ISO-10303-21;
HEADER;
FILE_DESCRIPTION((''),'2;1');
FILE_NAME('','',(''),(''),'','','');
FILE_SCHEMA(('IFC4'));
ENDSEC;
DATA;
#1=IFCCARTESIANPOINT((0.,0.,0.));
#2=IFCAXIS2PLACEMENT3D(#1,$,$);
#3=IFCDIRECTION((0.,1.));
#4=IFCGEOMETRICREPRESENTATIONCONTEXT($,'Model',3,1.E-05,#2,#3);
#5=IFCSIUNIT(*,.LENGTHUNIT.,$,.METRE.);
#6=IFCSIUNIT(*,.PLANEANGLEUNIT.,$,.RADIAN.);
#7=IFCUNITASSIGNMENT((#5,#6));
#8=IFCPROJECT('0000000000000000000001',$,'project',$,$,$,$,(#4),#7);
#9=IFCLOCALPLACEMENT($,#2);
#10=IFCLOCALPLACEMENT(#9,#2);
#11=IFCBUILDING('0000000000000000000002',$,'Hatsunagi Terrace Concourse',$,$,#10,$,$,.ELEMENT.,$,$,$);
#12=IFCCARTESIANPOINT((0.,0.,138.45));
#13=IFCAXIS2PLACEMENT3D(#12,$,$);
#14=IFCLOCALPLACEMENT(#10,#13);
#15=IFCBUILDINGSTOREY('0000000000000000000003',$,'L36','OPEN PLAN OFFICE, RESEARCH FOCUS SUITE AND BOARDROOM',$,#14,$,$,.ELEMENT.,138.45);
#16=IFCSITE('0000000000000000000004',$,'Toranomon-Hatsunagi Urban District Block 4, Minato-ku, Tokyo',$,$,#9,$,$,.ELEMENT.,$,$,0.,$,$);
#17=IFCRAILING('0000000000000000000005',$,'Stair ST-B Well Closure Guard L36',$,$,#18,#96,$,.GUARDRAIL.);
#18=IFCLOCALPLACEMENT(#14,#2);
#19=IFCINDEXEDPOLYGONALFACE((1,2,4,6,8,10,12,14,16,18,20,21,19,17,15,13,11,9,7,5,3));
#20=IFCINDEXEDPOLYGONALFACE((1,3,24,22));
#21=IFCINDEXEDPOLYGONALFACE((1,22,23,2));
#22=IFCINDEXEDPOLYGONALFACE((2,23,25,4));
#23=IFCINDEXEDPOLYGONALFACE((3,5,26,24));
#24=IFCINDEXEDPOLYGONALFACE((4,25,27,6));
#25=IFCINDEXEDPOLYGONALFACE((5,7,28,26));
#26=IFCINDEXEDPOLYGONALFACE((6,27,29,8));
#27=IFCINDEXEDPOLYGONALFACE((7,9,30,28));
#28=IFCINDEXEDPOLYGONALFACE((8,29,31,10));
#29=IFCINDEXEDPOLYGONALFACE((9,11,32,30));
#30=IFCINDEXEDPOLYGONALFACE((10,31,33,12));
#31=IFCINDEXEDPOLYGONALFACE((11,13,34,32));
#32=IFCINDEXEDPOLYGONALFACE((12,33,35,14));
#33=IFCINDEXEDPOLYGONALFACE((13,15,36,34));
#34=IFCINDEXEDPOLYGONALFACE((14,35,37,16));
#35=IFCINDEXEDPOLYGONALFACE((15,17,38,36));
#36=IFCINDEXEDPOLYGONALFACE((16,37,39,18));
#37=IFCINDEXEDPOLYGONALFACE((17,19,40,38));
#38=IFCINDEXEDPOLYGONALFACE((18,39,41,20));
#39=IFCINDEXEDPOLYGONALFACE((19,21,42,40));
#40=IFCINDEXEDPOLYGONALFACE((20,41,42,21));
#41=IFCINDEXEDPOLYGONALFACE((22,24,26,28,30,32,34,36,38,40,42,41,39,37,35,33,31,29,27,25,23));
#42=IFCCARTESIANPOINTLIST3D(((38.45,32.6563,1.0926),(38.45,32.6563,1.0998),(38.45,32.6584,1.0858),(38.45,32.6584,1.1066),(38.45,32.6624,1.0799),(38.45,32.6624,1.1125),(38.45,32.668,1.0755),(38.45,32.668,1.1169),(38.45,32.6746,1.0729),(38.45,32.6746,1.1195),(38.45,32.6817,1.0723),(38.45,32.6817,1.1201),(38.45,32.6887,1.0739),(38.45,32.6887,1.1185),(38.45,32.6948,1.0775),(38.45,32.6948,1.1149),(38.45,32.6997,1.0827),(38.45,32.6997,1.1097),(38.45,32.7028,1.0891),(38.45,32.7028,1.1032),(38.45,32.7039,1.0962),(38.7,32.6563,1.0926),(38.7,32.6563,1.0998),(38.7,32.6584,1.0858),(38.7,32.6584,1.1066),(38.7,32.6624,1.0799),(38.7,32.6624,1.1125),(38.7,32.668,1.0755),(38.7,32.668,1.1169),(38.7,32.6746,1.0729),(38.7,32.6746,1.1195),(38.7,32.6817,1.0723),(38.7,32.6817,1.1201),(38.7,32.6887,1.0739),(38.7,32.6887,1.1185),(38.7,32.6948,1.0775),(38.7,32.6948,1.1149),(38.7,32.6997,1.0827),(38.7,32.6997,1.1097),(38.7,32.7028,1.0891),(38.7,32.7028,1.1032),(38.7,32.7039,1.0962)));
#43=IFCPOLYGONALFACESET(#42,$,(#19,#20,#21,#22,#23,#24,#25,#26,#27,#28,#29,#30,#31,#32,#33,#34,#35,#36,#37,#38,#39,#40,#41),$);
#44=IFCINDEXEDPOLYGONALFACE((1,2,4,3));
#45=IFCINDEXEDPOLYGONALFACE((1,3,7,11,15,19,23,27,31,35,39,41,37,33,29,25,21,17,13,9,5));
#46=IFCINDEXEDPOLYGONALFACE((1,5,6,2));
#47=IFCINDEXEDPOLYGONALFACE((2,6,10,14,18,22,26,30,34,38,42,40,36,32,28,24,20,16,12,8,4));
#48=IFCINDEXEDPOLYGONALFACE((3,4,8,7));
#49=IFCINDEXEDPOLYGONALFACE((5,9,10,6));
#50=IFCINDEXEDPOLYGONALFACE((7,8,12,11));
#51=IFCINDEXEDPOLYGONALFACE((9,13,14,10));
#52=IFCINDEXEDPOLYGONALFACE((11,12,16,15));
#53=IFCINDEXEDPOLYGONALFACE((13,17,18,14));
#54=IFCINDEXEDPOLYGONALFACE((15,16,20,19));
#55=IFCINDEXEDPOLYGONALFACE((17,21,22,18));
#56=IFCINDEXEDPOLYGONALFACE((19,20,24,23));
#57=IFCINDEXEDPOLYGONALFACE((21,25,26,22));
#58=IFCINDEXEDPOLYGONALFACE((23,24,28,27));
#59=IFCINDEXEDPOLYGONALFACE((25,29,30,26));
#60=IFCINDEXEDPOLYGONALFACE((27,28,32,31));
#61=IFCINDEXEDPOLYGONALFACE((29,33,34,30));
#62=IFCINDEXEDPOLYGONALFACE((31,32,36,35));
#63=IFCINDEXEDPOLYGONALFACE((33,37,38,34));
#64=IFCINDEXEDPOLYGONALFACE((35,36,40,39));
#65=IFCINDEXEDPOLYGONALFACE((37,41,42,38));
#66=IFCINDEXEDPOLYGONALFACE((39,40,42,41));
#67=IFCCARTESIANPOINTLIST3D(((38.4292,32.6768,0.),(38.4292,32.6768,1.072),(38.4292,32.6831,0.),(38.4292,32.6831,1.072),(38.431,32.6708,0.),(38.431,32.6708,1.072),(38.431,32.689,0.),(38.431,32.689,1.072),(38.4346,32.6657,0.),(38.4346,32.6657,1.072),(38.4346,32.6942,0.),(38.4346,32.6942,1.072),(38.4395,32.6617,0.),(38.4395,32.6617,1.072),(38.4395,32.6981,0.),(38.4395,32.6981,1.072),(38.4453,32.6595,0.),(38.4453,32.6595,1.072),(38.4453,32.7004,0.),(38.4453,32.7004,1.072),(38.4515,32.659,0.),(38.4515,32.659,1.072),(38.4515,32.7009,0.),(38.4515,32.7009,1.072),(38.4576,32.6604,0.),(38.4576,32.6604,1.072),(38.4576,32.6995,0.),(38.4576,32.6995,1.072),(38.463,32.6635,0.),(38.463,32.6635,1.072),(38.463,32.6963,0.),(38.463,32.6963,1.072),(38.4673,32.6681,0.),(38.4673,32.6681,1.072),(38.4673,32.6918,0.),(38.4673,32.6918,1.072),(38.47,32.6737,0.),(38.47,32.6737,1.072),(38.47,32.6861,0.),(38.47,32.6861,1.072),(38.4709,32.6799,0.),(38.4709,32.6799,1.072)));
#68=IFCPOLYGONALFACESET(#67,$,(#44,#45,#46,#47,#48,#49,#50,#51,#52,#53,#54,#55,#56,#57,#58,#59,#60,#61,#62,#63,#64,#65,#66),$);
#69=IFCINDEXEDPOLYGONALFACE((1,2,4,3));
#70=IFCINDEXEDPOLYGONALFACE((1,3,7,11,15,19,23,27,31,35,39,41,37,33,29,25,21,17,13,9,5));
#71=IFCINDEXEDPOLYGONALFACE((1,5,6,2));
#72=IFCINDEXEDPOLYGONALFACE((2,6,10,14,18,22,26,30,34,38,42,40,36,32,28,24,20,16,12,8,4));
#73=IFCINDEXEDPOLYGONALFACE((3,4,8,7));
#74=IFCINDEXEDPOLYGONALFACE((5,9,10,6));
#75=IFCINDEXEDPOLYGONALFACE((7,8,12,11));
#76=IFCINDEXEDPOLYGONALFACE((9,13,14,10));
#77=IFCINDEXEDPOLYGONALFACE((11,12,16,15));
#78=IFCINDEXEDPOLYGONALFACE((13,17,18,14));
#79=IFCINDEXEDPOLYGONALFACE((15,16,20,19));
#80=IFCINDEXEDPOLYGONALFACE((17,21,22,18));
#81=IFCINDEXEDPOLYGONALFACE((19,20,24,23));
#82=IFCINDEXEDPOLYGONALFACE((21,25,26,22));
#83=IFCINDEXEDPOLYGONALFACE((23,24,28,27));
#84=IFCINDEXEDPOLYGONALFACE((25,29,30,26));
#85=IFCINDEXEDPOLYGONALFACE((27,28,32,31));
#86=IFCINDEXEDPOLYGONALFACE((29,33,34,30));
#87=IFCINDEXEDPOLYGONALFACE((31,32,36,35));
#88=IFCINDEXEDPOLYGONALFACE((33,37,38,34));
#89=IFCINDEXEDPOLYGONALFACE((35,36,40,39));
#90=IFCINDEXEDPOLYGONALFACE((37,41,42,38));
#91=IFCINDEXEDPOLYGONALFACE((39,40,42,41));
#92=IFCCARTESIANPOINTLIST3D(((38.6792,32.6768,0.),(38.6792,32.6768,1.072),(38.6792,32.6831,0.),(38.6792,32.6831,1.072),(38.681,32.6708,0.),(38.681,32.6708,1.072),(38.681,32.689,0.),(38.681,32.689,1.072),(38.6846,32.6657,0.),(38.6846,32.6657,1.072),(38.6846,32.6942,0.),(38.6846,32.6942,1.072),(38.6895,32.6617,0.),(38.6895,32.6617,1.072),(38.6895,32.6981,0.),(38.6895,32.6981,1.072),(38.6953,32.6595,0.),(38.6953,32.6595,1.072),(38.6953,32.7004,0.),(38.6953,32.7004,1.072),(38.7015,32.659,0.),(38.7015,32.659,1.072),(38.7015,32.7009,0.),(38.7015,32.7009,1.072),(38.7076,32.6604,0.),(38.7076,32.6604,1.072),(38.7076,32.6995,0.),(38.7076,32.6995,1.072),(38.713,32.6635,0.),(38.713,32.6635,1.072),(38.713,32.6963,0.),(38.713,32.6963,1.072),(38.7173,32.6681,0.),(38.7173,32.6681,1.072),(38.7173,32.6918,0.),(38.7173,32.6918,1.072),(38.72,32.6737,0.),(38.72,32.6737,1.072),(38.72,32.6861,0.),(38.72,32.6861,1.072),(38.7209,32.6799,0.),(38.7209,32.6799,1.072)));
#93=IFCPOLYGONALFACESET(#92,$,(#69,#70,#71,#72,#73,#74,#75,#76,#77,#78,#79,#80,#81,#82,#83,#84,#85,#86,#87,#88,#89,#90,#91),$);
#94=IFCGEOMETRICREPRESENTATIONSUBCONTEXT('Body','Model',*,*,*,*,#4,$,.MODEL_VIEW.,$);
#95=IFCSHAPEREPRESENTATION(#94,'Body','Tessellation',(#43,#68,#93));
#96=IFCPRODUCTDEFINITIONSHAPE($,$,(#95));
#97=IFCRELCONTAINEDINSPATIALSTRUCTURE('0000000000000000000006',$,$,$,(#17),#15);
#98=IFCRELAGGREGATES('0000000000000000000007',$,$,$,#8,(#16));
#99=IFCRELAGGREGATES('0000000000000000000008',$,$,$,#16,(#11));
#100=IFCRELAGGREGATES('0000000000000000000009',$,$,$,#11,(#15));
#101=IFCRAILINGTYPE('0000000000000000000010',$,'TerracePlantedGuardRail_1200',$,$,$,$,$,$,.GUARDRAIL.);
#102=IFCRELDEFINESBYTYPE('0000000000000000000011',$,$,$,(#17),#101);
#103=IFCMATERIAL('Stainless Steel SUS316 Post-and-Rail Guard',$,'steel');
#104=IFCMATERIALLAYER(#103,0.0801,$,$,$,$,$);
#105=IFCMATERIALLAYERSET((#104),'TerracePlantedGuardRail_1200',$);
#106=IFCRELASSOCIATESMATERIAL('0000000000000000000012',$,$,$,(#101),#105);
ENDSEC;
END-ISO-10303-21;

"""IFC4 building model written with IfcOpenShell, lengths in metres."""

from ifc_helpers import new_model, si_unit, direction, frame, origin, origin_2d, place, context, subcontext, project, spatial, circle, extrude, material, layer, layer_set, type_object, element, save


model = new_model("IFC4")

# Units and contexts
model_context = context("Model", 3, precision=1e-05, world=origin(), true_north=direction((0.0, 1.0)))
body_context = subcontext(model_context, "Body", "Model", "MODEL_VIEW")
ifc_project = project(units=[si_unit("LENGTHUNIT", "METRE"), si_unit("PLANEANGLEUNIT", "RADIAN")], contexts=[model_context])

# Site, building, storey
site_placement = place(None, origin())
site = spatial("IfcSite", under=ifc_project, at=site_placement, Name="Toranomon-Hatsunagi Urban District Block 4, Minato-ku, Tokyo", CompositionType="ELEMENT", RefElevation=0.0)
building_placement = place(site_placement, origin())
building = spatial("IfcBuilding", under=site, at=building_placement, Name="Hatsunagi Terrace Concourse", CompositionType="ELEMENT")
storey_placement = place(building_placement, frame((0.0, 0.0, 138.45)))
storey = spatial("IfcBuildingStorey", under=building, at=storey_placement, Name="L36", Description="OPEN PLAN OFFICE, RESEARCH FOCUS SUITE AND BOARDROOM", CompositionType="ELEMENT", Elevation=138.45)

# Railing
ifc_material_1 = material(Name="Stainless Steel SUS316 Post-and-Rail Guard", Category="steel")
ifc_layer_1 = layer(ifc_material_1, 0.0801)
ifc_layer_set_1 = layer_set([ifc_layer_1], Name="TerracePlantedGuardRail_1200")
railing_type_1 = type_object("IfcRailingType", Name="TerracePlantedGuardRail_1200", PredefinedType="GUARDRAIL", material=ifc_layer_set_1)
railing_1_placement = place(storey_placement, frame((38.45, 32.6799, 0.0)))
element("IfcRailing", 1, at=railing_1_placement, inside=storey, type_object=railing_type_1, Name="Stair ST-B Well Closure Guard L36", PredefinedType="GUARDRAIL", context=body_context, shape_type="SweptSolid", body=[
    extrude(circle(Radius=0.0239, at=origin_2d()), frame((0.0, 0.0, 1.0962), z_axis=(1.0, 0.0, 0.0), x_axis=(0.0, 1.0, 0.0)), (0.0, 0.0, 1.0), 0.25),
    extrude(circle(Radius=0.021, at=origin_2d()), origin(), (0.0, 0.0, 1.0), 1.072),
    extrude(circle(Radius=0.021, at=origin_2d()), frame((0.25, 0.0, 0.0)), (0.0, 0.0, 1.0), 1.072),
])

save(model, "model.ifc")
